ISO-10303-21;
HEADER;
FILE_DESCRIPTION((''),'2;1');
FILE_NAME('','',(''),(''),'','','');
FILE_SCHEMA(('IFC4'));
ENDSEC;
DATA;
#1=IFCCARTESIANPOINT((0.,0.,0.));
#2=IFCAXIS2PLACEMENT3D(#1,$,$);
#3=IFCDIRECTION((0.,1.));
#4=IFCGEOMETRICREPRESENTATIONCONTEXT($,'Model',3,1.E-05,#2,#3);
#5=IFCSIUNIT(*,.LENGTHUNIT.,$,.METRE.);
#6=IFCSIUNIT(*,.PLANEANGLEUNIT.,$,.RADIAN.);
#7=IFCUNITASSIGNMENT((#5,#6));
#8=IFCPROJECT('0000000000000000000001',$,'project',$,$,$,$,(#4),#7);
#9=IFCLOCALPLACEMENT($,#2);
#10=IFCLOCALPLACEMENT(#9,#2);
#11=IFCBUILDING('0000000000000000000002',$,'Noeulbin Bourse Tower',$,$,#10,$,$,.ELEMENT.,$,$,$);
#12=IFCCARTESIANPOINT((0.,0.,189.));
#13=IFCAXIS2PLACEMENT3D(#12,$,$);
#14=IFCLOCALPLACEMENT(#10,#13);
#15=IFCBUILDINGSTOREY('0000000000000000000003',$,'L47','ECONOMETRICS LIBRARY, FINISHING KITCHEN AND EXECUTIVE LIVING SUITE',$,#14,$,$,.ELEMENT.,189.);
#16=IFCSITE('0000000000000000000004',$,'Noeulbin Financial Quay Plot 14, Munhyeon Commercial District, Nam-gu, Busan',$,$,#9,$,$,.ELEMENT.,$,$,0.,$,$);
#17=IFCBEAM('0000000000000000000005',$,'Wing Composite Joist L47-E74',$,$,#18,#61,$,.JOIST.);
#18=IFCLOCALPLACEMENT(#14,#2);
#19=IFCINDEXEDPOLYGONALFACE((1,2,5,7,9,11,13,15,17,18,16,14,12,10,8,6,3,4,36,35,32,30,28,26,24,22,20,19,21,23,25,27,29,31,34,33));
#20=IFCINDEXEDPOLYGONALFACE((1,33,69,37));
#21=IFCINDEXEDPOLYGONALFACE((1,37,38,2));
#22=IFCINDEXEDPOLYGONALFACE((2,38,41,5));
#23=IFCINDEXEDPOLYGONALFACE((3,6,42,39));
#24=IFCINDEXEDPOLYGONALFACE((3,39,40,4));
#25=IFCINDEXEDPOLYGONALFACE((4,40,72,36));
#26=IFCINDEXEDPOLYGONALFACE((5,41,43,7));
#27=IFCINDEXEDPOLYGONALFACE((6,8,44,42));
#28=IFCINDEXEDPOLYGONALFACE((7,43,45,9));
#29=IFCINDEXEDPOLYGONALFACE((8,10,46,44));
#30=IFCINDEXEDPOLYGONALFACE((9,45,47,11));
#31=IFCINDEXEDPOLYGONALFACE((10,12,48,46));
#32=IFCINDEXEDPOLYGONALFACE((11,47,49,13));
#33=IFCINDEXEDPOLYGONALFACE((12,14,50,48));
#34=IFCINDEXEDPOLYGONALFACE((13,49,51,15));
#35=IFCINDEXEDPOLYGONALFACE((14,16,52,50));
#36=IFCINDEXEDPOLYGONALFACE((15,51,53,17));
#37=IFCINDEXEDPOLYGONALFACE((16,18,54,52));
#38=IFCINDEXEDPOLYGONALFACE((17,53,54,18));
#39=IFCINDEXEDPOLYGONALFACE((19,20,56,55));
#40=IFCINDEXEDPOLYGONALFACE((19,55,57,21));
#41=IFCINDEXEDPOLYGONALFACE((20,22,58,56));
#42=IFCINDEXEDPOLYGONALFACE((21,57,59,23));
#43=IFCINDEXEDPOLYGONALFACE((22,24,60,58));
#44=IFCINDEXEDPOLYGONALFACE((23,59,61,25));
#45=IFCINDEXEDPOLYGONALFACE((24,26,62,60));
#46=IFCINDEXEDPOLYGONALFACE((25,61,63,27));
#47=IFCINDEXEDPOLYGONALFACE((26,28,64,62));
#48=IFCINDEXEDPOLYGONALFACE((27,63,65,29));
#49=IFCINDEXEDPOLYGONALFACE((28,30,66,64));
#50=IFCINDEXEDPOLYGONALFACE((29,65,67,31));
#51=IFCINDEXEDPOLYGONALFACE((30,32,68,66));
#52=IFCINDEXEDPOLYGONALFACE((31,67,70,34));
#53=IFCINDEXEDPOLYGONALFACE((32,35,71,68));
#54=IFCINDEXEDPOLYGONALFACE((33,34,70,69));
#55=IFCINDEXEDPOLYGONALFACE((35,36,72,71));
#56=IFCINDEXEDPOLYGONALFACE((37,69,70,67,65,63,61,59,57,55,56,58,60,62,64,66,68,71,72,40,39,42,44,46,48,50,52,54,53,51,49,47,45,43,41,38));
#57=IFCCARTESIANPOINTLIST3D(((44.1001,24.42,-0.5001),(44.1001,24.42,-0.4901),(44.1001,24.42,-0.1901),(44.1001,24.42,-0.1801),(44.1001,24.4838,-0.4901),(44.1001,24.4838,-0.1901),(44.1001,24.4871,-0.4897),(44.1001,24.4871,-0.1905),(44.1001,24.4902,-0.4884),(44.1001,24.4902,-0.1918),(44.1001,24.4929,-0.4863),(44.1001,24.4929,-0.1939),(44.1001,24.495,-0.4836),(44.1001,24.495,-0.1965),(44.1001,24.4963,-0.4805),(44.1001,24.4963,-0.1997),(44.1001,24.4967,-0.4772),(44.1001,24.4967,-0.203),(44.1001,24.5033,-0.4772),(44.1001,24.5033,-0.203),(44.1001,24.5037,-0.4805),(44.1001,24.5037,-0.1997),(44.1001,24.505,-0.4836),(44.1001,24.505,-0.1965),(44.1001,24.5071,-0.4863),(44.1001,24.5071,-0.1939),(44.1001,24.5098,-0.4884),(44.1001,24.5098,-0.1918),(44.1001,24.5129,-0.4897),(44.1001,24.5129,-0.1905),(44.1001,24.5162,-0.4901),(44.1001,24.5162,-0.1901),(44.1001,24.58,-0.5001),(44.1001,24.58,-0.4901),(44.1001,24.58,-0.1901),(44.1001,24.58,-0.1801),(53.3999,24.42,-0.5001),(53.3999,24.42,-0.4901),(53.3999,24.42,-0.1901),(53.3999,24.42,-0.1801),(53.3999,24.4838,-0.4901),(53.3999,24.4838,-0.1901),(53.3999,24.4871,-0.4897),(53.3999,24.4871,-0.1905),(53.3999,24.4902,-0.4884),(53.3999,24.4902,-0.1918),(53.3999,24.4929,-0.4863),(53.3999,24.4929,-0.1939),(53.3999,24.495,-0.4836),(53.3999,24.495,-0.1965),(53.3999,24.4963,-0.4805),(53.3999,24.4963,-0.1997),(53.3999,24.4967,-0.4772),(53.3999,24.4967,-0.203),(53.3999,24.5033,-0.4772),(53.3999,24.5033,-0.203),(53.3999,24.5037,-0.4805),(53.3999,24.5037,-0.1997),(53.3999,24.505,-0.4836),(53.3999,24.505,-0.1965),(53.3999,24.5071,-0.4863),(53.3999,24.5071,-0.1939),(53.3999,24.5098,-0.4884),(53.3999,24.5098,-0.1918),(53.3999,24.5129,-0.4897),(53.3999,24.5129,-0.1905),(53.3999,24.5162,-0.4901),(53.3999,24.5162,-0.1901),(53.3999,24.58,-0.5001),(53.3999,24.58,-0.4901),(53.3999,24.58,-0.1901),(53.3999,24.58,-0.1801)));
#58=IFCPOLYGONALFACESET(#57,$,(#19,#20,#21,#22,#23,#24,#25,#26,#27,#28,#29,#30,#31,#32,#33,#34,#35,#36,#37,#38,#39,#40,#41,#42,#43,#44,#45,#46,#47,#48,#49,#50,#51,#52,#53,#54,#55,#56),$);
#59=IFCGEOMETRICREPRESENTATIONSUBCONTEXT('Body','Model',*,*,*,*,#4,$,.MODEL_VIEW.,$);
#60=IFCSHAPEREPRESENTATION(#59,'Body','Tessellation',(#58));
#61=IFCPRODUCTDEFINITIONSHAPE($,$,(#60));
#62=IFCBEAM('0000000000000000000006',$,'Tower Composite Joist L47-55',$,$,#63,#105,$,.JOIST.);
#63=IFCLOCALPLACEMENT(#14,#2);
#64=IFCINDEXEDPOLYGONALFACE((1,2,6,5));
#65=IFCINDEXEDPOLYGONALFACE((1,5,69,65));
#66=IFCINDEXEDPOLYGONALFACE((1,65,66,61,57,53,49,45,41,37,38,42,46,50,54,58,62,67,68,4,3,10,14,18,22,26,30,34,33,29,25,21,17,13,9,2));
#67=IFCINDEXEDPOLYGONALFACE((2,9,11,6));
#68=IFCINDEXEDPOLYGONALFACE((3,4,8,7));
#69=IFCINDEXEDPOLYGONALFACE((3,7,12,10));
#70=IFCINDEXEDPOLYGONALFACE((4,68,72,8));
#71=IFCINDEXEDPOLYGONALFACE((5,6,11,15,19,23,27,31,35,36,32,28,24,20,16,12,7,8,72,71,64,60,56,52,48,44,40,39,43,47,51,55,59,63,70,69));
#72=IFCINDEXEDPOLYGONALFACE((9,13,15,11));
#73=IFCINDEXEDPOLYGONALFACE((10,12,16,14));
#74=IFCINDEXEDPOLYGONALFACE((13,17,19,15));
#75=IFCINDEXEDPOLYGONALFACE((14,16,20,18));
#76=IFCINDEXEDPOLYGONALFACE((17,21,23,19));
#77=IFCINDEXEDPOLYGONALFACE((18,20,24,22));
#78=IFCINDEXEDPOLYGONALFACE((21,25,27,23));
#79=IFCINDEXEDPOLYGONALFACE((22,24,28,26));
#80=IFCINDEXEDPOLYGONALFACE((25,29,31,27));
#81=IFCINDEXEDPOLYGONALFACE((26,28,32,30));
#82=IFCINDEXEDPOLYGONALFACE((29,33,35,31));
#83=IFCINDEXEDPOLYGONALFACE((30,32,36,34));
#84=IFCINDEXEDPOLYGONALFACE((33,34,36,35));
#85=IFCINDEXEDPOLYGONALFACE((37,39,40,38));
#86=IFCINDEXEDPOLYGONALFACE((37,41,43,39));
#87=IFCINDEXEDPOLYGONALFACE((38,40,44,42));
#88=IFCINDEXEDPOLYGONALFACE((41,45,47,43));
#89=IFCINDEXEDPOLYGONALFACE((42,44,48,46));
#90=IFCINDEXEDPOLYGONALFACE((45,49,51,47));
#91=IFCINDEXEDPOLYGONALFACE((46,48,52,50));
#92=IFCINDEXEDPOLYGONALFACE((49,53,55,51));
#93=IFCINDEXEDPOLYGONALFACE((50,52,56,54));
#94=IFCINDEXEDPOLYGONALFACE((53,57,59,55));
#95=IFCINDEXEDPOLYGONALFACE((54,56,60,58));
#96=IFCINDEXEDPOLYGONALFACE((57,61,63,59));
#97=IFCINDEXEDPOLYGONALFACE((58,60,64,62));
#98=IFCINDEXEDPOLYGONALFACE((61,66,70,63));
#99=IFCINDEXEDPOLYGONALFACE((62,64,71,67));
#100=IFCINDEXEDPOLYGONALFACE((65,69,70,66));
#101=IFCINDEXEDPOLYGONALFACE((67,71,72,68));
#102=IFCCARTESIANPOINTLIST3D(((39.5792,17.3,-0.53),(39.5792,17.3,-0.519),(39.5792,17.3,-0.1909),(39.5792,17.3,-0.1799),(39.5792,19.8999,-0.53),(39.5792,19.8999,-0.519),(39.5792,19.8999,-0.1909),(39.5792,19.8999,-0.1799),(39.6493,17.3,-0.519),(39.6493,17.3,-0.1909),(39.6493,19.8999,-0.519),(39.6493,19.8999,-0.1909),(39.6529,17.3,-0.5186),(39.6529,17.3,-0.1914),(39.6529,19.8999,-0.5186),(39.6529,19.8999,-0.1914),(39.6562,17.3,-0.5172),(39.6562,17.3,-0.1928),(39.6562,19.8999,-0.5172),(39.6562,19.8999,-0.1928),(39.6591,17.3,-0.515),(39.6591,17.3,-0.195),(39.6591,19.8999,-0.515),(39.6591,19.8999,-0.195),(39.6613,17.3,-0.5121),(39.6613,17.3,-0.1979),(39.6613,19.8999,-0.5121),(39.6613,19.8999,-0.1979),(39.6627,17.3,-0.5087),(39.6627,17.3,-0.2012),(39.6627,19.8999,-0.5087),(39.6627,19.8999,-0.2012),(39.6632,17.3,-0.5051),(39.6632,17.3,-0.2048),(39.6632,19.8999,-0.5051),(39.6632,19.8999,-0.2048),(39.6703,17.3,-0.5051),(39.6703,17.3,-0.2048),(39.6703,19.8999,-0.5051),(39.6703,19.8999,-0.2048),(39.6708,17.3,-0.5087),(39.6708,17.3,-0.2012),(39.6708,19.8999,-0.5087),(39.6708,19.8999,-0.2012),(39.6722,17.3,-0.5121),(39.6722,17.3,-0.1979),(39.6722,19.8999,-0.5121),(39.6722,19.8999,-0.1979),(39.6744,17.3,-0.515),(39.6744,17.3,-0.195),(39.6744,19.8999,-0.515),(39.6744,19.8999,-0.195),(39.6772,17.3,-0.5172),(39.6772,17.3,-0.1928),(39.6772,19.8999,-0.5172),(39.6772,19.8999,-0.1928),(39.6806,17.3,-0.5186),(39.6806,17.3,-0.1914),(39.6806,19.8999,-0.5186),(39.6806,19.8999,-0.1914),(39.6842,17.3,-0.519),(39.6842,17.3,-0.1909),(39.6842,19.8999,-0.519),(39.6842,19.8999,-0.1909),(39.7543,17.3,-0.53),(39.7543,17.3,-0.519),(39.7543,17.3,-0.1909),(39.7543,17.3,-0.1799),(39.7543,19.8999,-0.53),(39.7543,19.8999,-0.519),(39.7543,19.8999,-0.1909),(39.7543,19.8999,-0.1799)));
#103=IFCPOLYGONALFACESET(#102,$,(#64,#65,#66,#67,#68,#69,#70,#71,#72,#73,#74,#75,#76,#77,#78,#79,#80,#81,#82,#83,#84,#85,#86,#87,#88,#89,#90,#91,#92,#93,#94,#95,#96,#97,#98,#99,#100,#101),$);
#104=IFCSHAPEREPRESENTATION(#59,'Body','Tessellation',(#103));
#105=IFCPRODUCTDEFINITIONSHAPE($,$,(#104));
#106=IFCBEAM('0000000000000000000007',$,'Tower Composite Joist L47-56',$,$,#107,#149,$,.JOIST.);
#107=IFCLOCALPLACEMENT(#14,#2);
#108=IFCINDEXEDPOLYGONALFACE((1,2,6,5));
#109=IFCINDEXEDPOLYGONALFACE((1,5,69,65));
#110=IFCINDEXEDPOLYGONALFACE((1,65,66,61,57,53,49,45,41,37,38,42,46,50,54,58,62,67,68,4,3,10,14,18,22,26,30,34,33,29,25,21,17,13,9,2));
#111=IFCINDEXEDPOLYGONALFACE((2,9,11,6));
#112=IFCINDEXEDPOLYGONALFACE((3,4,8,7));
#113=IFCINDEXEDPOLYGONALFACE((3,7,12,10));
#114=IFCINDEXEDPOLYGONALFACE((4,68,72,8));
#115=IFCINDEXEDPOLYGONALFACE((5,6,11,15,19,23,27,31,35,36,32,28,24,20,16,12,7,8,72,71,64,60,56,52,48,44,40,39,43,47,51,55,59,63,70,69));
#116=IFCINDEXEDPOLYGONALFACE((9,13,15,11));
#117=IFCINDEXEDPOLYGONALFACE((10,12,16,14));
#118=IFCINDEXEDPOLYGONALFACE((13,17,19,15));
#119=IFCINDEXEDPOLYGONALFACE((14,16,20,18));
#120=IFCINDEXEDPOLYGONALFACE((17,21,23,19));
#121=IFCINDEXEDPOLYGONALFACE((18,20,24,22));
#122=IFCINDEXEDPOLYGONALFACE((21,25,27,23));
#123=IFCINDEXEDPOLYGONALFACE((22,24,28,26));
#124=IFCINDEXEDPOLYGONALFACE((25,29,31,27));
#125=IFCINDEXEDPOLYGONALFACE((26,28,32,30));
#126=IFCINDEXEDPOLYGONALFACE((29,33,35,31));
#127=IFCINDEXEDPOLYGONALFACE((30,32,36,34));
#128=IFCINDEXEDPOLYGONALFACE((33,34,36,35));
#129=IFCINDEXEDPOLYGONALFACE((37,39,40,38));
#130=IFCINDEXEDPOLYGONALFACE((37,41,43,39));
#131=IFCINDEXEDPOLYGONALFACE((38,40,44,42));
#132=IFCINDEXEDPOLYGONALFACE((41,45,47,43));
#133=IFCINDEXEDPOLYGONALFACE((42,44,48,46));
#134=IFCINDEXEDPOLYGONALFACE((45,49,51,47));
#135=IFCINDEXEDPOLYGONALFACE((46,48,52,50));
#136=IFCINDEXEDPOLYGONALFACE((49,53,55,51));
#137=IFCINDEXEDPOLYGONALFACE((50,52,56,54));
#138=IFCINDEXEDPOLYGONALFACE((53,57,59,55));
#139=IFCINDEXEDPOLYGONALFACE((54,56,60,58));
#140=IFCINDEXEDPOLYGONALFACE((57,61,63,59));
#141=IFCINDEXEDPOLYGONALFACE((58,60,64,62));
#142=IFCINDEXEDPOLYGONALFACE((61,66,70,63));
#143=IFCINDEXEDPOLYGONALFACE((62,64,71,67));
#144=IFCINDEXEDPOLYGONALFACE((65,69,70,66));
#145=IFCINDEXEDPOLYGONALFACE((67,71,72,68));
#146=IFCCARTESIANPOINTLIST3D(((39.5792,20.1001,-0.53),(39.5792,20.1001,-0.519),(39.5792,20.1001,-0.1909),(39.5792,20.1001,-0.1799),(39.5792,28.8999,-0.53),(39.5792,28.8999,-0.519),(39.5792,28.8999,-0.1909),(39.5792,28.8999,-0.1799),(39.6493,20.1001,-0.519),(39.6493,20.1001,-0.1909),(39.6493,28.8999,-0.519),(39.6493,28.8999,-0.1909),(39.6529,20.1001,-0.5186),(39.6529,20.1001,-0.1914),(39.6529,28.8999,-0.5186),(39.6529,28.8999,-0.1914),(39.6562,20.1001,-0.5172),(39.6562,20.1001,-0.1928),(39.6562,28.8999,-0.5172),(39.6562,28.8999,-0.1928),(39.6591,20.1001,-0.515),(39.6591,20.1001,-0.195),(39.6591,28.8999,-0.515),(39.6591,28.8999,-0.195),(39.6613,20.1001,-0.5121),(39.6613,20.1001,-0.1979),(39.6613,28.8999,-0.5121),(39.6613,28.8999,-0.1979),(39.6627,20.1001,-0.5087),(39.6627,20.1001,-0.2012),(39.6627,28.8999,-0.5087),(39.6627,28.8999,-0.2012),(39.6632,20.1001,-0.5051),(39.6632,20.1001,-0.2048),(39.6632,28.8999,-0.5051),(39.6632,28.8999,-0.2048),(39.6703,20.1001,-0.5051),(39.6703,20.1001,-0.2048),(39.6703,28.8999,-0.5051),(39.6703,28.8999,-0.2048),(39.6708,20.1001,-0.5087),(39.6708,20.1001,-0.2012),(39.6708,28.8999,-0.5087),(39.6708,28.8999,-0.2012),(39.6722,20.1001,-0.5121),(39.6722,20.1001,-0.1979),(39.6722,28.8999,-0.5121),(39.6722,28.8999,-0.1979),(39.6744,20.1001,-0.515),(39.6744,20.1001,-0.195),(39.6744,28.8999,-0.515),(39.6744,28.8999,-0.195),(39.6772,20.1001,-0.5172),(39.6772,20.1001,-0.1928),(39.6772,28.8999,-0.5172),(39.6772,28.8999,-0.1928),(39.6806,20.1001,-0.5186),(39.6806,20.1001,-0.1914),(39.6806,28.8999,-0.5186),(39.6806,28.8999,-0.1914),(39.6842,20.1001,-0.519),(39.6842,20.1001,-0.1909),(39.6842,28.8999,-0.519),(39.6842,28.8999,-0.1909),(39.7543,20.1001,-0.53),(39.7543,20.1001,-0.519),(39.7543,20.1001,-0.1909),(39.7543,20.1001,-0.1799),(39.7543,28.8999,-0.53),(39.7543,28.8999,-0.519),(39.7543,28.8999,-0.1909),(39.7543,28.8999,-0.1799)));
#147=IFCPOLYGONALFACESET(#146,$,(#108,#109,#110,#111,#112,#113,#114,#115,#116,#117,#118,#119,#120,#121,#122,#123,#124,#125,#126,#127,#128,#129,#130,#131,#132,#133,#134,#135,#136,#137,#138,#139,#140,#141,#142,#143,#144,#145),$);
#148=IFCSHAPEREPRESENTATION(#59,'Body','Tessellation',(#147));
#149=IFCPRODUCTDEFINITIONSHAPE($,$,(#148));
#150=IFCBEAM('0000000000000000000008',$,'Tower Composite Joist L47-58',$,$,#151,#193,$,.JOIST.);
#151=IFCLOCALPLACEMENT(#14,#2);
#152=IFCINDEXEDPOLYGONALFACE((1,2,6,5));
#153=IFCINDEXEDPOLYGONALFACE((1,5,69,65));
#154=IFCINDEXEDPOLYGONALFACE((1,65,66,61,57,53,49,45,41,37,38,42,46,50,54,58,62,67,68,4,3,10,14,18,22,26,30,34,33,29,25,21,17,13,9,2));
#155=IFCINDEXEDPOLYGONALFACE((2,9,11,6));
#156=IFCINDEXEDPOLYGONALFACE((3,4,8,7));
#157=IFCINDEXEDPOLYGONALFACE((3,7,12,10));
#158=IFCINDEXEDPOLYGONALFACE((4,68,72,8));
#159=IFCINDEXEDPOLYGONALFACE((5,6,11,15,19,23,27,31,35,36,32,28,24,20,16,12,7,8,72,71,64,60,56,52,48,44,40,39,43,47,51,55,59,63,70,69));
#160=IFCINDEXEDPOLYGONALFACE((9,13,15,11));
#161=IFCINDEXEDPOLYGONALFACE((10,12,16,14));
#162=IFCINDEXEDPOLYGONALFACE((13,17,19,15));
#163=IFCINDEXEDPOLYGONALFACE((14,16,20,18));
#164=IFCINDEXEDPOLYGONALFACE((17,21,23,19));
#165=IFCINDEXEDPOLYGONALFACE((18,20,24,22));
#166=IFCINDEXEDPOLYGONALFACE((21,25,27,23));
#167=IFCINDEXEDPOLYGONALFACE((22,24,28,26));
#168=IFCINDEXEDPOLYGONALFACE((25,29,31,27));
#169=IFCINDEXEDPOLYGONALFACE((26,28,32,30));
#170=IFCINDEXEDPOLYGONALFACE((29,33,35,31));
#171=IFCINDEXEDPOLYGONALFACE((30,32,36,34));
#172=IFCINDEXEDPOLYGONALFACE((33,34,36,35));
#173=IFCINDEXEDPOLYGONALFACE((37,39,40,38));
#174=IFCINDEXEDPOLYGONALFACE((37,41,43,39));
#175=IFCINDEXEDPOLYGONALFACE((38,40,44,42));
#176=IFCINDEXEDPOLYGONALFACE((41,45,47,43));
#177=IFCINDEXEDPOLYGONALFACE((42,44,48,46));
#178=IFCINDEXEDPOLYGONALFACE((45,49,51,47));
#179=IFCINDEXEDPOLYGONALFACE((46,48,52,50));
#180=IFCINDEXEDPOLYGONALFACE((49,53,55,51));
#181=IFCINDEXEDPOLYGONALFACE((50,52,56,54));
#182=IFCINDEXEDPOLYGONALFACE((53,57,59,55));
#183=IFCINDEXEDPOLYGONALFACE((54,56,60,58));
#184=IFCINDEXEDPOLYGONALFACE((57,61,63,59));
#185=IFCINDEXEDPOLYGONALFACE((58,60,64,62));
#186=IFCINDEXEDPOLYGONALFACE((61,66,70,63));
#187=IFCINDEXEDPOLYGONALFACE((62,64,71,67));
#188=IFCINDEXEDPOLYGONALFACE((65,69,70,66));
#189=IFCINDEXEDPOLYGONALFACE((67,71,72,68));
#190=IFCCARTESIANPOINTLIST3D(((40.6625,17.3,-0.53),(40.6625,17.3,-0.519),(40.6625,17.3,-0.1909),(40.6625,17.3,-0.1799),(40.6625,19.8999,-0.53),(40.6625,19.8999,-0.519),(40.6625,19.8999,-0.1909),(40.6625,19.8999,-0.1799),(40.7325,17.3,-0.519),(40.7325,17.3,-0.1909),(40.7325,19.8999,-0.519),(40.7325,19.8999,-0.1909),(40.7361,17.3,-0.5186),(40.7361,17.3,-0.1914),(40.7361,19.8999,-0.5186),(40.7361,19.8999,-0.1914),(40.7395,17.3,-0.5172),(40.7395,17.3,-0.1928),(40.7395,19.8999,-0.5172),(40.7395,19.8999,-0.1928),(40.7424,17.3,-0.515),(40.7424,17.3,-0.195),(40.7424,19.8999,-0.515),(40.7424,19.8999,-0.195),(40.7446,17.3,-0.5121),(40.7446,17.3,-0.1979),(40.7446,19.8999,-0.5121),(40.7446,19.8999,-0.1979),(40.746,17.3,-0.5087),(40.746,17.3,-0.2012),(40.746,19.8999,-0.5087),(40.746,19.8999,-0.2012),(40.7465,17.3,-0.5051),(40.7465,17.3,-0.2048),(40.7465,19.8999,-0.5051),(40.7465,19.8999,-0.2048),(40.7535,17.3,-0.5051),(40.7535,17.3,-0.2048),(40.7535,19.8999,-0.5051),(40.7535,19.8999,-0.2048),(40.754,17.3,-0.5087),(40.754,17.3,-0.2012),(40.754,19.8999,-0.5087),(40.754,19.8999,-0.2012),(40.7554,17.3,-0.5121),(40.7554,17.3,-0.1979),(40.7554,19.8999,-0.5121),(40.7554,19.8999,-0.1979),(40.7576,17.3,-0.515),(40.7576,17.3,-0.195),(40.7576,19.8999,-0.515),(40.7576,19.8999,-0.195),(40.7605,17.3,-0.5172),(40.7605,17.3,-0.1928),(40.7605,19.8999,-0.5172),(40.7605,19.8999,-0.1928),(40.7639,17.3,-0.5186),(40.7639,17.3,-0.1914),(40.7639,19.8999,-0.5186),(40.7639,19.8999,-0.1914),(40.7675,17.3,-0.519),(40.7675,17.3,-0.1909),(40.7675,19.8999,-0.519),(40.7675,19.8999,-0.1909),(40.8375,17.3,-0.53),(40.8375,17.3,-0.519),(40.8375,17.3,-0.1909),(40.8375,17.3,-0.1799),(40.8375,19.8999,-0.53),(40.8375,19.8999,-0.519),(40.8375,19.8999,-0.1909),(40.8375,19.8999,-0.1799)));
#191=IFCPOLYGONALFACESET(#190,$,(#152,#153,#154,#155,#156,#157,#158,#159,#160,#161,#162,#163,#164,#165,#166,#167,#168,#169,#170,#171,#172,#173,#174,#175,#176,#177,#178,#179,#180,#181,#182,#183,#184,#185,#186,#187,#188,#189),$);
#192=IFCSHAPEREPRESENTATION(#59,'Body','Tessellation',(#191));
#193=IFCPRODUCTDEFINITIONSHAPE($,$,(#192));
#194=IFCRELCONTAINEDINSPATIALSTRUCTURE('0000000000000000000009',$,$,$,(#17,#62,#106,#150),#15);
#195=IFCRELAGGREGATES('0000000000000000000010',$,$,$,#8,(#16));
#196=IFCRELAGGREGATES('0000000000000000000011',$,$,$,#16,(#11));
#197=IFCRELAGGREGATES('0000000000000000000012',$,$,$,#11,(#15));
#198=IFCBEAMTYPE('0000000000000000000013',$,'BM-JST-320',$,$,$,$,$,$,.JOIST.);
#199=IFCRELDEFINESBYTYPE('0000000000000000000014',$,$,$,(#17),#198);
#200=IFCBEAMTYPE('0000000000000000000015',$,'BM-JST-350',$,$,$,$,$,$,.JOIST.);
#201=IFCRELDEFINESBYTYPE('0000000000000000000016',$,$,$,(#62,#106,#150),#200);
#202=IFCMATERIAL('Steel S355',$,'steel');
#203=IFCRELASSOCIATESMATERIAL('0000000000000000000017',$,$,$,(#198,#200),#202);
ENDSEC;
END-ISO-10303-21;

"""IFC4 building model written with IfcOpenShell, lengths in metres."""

from ifc_helpers import new_model, si_unit, direction, frame, origin, origin_2d, place, context, subcontext, project, spatial, i_section, extrude, material, material_profile, profile_set, type_object, element, save


model = new_model("IFC4")

# Units and contexts
model_context = context("Model", 3, precision=1e-05, world=origin(), true_north=direction((0.0, 1.0)))
body_context = subcontext(model_context, "Body", "Model", "MODEL_VIEW")
ifc_project = project(units=[si_unit("LENGTHUNIT", "METRE"), si_unit("PLANEANGLEUNIT", "RADIAN")], contexts=[model_context])

# Site, building, storey
site_placement = place(None, origin())
site = spatial("IfcSite", under=ifc_project, at=site_placement, Name="Noeulbin Financial Quay Plot 14, Munhyeon Commercial District, Nam-gu, Busan", CompositionType="ELEMENT", RefElevation=0.0)
building_placement = place(site_placement, origin())
building = spatial("IfcBuilding", under=site, at=building_placement, Name="Noeulbin Bourse Tower", CompositionType="ELEMENT")
storey_placement = place(building_placement, frame((0.0, 0.0, 189.0)))
storey = spatial("IfcBuildingStorey", under=building, at=storey_placement, Name="L47", Description="ECONOMETRICS LIBRARY, FINISHING KITCHEN AND EXECUTIVE LIVING SUITE", CompositionType="ELEMENT", Elevation=189.0)

# Shared definitions
ifc_material_1 = material(Name="Steel S355", Category="steel")

# Beams
ifc_material_profile_1 = material_profile(ifc_material_1, i_section(OverallWidth=0.1599, OverallDepth=0.3201, WebThickness=0.0066, FlangeThickness=0.01, FilletRadius=0.0129, at=origin_2d()), Name="H-320x160x6.5x10", Category="LoadBearing")
ifc_profile_set_1 = profile_set([ifc_material_profile_1], Name="Steel S355")
beam_type_1 = type_object("IfcBeamType", Name="BM-JST-320", PredefinedType="JOIST", material=ifc_profile_set_1)
for number, where, z_axis, x_axis, name in (
    (1, (44.1001, 24.5, -0.3401), (1.0, 0.0, 0.0), (0.0, 1.0, 0.0), "Wing Composite Joist L47-E74"),
):
    element("IfcBeam", number, at=place(storey_placement, frame(where, z_axis=z_axis, x_axis=x_axis)), inside=storey, type_object=beam_type_1, Name=name, PredefinedType="JOIST", context=body_context, shape_type="SweptSolid", body=[
        extrude(i_section(OverallWidth=0.1599, OverallDepth=0.3201, WebThickness=0.0066, FlangeThickness=0.01, FilletRadius=0.0129, at=origin_2d()), origin(), (0.0, 0.0, 1.0), 9.2998),
    ])
ifc_material_profile_2 = material_profile(ifc_material_1, i_section(OverallWidth=0.175, OverallDepth=0.3501, WebThickness=0.0071, FlangeThickness=0.011, FilletRadius=0.0139, at=origin_2d()), Name="H-350x175x7x11", Category="LoadBearing")
ifc_profile_set_2 = profile_set([ifc_material_profile_2], Name="Steel S355")
beam_type_2 = type_object("IfcBeamType", Name="BM-JST-350", PredefinedType="JOIST", material=ifc_profile_set_2)
beam_1_placement = place(storey_placement, frame((39.6667, 17.3, -0.355), z_axis=(0.0, 1.0, 0.0), x_axis=(-1.0, 0.0, 0.0)))
element("IfcBeam", 2, at=beam_1_placement, inside=storey, type_object=beam_type_2, Name="Tower Composite Joist L47-55", PredefinedType="JOIST", context=body_context, shape_type="SweptSolid", body=[
    extrude(i_section(OverallWidth=0.175, OverallDepth=0.3501, WebThickness=0.0071, FlangeThickness=0.011, FilletRadius=0.0139, at=origin_2d()), origin(), (0.0, 0.0, 1.0), 2.5999),
])
beam_2_placement = place(storey_placement, frame((39.6667, 20.1001, -0.355), z_axis=(0.0, 1.0, 0.0), x_axis=(-1.0, 0.0, 0.0)))
element("IfcBeam", 3, at=beam_2_placement, inside=storey, type_object=beam_type_2, Name="Tower Composite Joist L47-56", PredefinedType="JOIST", context=body_context, shape_type="SweptSolid", body=[
    extrude(i_section(OverallWidth=0.175, OverallDepth=0.3501, WebThickness=0.0071, FlangeThickness=0.011, FilletRadius=0.0139, at=origin_2d()), origin(), (0.0, 0.0, 1.0), 8.7998),
])
beam_3_placement = place(storey_placement, frame((40.75, 17.3, -0.355), z_axis=(0.0, 1.0, 0.0), x_axis=(-1.0, 0.0, 0.0)))
element("IfcBeam", 4, at=beam_3_placement, inside=storey, type_object=beam_type_2, Name="Tower Composite Joist L47-58", PredefinedType="JOIST", context=body_context, shape_type="SweptSolid", body=[
    extrude(i_section(OverallWidth=0.175, OverallDepth=0.3501, WebThickness=0.0071, FlangeThickness=0.011, FilletRadius=0.0139, at=origin_2d()), origin(), (0.0, 0.0, 1.0), 2.5999),
])

save(model, "model.ifc")
